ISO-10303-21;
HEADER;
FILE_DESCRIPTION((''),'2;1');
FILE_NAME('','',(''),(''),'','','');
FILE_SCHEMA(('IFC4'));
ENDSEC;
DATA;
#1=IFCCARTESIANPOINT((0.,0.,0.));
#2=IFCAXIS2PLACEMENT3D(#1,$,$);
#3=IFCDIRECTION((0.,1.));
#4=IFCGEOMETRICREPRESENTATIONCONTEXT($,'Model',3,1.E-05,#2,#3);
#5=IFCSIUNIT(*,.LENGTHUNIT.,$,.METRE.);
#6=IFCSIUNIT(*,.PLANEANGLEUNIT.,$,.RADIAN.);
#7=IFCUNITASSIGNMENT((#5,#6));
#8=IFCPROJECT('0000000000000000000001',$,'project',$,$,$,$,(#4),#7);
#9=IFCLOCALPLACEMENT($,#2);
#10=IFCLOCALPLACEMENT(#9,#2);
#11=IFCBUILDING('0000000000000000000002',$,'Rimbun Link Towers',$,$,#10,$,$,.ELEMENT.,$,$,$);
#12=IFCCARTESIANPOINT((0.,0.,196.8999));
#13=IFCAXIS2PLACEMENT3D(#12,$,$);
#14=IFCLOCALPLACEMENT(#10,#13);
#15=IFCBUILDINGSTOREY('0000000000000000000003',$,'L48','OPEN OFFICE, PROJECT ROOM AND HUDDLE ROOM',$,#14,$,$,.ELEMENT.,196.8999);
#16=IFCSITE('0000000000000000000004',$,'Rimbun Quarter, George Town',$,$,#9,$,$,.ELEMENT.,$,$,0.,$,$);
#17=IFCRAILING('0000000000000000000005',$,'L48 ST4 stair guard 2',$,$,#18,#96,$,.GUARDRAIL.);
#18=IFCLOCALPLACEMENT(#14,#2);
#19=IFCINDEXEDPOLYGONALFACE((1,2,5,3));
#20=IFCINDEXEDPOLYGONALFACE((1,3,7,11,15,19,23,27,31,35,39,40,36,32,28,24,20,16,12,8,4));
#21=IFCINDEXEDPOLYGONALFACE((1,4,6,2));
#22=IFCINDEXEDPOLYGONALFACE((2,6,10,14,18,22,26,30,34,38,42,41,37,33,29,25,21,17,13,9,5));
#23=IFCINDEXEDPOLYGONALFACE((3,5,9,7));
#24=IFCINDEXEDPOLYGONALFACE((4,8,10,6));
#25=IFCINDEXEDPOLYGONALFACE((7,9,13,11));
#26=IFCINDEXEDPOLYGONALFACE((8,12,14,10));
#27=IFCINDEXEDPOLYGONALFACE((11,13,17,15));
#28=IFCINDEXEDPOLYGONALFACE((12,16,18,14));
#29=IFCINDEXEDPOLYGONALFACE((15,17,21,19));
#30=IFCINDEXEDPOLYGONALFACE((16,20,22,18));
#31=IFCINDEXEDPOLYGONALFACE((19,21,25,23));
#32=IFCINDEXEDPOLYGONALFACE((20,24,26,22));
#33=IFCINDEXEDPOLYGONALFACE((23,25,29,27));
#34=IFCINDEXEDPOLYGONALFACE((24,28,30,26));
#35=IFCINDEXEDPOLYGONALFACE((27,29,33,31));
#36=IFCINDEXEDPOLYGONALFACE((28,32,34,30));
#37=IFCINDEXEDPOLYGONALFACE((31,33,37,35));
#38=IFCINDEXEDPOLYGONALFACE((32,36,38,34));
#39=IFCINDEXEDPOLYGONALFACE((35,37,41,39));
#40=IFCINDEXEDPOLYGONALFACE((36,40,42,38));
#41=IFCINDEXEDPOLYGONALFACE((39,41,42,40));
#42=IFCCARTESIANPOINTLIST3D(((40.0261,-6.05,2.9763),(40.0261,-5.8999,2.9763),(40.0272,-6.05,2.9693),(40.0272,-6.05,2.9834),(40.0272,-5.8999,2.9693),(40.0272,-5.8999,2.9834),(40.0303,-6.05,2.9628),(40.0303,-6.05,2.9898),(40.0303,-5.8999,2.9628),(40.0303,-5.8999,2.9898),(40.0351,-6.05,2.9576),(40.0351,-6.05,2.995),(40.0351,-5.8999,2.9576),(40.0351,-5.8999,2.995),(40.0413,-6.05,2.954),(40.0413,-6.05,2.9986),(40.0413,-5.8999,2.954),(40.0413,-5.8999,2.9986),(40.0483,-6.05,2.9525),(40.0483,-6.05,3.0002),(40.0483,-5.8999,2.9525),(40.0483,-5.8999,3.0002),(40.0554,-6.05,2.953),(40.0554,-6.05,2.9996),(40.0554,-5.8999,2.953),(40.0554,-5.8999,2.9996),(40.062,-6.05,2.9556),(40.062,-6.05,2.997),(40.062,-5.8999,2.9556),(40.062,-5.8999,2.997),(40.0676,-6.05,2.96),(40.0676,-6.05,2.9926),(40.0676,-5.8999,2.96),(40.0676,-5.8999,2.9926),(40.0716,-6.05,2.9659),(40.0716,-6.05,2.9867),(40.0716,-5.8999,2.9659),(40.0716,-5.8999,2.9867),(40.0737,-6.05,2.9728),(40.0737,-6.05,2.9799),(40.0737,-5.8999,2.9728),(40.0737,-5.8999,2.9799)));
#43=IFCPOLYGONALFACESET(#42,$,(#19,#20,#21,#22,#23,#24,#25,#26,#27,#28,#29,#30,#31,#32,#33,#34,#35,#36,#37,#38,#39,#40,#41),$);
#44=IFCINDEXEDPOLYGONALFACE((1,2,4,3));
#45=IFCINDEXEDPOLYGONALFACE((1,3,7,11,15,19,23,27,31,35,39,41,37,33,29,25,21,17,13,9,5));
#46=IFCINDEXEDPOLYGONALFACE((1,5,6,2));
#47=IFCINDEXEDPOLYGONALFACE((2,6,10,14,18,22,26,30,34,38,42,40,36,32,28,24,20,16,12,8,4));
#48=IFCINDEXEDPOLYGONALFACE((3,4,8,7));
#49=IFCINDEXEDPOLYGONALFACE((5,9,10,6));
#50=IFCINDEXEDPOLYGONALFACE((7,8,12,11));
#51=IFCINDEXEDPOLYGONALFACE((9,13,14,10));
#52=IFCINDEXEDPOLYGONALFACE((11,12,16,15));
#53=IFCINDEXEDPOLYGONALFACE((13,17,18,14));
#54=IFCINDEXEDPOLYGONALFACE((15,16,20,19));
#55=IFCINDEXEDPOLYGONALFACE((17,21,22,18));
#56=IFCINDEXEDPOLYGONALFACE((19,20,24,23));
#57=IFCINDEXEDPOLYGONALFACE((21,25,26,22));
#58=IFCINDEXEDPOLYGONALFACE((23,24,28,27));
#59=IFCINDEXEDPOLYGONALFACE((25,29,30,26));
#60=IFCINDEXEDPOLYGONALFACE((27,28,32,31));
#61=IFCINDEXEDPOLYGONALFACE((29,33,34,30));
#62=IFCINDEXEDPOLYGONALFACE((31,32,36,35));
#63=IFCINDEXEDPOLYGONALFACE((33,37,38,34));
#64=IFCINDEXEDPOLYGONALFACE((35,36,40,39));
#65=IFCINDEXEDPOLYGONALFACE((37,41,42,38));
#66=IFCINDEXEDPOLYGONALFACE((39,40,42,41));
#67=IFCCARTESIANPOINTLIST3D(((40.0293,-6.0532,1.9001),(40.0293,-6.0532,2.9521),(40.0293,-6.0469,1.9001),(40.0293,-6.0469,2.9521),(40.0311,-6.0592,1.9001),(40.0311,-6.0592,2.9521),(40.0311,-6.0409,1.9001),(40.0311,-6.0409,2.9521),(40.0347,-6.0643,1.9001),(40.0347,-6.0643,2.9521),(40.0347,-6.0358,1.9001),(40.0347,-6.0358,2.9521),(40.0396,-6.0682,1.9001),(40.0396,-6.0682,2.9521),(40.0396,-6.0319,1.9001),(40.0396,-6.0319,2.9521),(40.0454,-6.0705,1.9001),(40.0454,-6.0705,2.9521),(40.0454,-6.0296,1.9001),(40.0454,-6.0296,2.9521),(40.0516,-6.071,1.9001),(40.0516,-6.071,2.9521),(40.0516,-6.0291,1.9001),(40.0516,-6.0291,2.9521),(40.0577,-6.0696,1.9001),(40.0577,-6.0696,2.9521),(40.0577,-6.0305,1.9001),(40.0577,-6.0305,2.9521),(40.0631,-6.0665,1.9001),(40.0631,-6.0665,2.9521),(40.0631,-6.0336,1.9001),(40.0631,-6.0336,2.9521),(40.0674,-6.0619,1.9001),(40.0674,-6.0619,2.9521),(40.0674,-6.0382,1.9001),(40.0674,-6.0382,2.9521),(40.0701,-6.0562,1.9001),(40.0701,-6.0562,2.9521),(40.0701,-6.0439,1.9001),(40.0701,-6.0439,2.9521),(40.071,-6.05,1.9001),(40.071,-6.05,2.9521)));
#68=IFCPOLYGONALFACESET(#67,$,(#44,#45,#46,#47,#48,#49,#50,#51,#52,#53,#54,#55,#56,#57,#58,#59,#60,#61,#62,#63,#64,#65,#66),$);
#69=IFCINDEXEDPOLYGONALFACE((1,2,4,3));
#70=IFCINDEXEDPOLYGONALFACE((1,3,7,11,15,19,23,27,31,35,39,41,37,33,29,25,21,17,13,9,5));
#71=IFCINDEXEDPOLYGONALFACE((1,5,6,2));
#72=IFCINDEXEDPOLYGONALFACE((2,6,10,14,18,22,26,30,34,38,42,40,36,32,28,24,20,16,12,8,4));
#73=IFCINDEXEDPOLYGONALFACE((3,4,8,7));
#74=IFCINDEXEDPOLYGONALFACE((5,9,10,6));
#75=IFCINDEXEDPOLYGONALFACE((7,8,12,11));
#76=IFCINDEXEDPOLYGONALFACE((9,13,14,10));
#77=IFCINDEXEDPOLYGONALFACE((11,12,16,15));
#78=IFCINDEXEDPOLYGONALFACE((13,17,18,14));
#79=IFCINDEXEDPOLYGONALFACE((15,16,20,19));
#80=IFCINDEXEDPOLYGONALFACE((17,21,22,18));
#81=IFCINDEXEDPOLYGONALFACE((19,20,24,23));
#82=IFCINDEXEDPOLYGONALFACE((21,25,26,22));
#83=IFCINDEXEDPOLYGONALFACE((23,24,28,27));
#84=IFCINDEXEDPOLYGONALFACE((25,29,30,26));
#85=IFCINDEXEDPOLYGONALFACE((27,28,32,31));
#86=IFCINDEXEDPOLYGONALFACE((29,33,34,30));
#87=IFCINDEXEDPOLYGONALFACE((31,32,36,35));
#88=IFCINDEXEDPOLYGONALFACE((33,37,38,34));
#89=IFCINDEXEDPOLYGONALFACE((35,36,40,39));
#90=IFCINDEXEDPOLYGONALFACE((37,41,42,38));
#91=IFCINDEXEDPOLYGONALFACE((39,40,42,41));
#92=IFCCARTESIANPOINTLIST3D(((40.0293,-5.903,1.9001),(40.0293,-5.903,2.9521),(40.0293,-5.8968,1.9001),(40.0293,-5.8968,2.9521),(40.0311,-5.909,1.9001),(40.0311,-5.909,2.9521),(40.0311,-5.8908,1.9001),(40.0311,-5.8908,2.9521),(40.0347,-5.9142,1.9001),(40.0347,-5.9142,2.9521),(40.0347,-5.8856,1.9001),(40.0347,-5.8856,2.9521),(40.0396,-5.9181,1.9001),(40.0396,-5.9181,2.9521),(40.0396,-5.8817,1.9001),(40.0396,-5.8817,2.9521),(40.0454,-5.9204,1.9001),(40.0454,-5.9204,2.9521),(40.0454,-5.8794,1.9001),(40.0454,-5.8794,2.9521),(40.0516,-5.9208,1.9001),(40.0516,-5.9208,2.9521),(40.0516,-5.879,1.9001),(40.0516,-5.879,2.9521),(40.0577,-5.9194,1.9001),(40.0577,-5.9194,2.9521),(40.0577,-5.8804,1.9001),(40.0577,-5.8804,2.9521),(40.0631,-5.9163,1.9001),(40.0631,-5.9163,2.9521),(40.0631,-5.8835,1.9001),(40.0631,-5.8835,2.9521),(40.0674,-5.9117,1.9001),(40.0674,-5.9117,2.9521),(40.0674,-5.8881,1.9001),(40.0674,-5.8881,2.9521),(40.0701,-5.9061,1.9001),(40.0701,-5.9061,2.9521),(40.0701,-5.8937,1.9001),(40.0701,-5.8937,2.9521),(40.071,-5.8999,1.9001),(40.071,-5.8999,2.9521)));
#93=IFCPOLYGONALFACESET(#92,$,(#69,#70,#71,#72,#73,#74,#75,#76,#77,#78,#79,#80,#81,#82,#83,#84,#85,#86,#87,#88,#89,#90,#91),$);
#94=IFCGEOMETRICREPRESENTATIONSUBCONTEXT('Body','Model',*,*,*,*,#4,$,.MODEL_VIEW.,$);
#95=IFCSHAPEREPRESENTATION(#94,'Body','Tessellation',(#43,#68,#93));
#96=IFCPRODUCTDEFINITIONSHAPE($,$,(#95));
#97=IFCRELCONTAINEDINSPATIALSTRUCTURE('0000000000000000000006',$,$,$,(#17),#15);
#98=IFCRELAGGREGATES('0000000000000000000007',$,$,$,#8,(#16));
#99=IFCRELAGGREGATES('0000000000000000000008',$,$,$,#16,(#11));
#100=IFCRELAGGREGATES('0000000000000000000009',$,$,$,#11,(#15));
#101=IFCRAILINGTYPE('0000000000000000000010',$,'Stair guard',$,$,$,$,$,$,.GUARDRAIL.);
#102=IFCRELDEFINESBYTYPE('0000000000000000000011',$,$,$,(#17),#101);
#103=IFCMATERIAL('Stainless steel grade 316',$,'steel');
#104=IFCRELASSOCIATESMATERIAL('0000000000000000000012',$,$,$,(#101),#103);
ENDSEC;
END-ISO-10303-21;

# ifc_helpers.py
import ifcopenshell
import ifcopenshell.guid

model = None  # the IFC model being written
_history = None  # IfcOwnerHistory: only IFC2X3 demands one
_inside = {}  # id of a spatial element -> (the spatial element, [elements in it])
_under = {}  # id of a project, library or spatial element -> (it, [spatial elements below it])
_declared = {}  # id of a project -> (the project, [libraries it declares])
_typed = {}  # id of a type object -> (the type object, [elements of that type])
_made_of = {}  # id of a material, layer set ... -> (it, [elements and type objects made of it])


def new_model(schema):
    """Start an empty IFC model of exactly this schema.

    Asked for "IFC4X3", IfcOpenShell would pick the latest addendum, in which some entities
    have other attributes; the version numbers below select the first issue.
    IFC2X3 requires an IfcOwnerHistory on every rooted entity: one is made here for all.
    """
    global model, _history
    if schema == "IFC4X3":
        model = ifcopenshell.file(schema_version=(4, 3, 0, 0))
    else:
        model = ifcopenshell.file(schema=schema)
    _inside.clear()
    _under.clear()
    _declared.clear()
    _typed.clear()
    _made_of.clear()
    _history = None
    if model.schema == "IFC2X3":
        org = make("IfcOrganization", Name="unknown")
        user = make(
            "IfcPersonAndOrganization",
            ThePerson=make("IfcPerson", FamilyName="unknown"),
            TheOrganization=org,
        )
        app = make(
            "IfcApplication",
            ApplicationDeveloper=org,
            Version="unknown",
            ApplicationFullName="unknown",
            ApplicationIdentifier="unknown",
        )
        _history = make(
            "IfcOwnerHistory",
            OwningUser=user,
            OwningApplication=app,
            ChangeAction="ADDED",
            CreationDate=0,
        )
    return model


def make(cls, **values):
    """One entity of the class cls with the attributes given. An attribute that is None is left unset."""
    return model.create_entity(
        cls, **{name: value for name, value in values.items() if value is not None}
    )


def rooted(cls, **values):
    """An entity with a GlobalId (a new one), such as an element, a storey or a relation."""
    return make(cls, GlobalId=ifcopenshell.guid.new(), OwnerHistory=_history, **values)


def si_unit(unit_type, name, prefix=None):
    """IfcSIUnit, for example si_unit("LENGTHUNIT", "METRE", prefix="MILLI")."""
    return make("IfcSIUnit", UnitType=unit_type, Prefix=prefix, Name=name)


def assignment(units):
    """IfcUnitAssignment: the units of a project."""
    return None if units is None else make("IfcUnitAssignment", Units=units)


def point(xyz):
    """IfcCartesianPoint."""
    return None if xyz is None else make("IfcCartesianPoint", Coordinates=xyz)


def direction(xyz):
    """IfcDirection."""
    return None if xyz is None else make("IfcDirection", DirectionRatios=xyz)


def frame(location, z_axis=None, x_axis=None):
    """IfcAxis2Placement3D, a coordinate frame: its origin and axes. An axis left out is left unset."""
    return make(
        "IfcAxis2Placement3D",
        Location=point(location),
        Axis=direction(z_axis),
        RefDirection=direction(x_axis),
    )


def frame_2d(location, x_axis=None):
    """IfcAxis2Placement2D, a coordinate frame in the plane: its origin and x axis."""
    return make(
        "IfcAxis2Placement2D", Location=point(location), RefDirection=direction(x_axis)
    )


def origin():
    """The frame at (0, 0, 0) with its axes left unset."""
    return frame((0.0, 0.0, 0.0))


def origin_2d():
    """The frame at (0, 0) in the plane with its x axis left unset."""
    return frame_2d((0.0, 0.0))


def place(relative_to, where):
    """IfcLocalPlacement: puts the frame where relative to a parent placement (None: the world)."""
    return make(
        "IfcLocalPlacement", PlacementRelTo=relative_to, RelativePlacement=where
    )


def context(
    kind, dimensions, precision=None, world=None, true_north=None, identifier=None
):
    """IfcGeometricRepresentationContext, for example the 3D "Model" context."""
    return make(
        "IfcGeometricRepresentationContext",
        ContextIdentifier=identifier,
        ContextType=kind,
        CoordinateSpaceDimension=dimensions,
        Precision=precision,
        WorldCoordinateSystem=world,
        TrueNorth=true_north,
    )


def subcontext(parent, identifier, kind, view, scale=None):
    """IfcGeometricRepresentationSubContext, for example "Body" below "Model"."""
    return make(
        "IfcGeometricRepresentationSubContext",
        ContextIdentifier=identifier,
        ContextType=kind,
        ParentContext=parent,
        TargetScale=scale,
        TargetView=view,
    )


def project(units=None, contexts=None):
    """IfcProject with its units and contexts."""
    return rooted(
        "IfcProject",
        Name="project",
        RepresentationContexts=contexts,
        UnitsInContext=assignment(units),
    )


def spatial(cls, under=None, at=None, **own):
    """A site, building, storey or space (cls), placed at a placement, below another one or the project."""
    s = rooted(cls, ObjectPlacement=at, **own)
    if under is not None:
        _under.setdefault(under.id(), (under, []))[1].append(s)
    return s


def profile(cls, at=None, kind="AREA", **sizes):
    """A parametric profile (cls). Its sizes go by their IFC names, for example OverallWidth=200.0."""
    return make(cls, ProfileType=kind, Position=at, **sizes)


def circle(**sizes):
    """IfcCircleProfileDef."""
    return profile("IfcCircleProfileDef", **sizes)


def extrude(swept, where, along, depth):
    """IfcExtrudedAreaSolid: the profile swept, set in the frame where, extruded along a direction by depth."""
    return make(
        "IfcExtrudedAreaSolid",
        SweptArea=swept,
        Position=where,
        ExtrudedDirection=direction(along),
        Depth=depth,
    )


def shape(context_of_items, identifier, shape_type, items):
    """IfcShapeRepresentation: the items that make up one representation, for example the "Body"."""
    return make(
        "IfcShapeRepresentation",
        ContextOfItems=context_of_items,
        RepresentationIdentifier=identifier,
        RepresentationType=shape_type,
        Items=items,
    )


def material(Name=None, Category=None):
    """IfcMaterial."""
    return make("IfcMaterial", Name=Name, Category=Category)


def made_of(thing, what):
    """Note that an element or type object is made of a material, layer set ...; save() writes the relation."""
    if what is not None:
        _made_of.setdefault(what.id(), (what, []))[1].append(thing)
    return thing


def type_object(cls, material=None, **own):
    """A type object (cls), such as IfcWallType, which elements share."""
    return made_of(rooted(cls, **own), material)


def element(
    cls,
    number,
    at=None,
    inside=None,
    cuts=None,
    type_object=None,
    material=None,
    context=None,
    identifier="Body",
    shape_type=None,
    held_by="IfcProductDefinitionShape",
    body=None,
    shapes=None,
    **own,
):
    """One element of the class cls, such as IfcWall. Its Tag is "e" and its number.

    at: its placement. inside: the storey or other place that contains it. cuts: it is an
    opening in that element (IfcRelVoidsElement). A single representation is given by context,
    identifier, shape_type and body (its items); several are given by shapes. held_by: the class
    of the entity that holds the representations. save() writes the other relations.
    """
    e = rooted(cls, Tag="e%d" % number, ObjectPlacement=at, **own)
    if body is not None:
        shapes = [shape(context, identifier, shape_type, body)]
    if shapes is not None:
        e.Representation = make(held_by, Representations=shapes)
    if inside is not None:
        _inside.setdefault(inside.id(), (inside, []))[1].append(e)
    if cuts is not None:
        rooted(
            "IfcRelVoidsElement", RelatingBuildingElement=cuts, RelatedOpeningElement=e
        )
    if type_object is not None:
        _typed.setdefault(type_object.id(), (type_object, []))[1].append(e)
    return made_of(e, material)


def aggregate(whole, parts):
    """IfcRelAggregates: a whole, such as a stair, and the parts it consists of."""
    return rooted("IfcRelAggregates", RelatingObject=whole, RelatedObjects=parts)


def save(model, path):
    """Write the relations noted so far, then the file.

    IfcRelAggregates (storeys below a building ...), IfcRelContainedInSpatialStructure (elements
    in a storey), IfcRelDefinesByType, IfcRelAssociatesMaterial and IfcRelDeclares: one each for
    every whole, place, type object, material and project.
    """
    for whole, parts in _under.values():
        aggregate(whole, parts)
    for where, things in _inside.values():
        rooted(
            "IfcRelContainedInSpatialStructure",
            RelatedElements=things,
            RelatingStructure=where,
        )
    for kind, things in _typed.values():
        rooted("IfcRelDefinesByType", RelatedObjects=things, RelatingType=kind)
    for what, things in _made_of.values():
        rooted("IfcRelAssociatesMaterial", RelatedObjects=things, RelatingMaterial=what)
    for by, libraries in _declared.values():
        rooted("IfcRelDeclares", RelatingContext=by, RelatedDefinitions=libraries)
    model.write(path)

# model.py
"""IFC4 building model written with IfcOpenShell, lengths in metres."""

from ifc_helpers import new_model, si_unit, direction, frame, origin, origin_2d, place, context, subcontext, project, spatial, circle, extrude, material, type_object, element, save


model = new_model("IFC4")

# Units and contexts
model_context = context("Model", 3, precision=1e-05, world=origin(), true_north=direction((0.0, 1.0)))
body_context = subcontext(model_context, "Body", "Model", "MODEL_VIEW")
ifc_project = project(units=[si_unit("LENGTHUNIT", "METRE"), si_unit("PLANEANGLEUNIT", "RADIAN")], contexts=[model_context])

# Site, building, storey
site_placement = place(None, origin())
site = spatial("IfcSite", under=ifc_project, at=site_placement, Name="Rimbun Quarter, George Town", CompositionType="ELEMENT", RefElevation=0.0)
building_placement = place(site_placement, origin())
building = spatial("IfcBuilding", under=site, at=building_placement, Name="Rimbun Link Towers", CompositionType="ELEMENT")
storey_placement = place(building_placement, frame((0.0, 0.0, 196.8999)))
storey = spatial("IfcBuildingStorey", under=building, at=storey_placement, Name="L48", Description="OPEN OFFICE, PROJECT ROOM AND HUDDLE ROOM", CompositionType="ELEMENT", Elevation=196.8999)

# Railing
ifc_material_1 = material(Name="Stainless steel grade 316", Category="steel")
railing_type_1 = type_object("IfcRailingType", Name="Stair guard", PredefinedType="GUARDRAIL", material=ifc_material_1)
railing_1_placement = place(storey_placement, frame((40.05, -6.05, 1.9001)))
element("IfcRailing", 1, at=railing_1_placement, inside=storey, type_object=railing_type_1, Name="L48 ST4 stair guard 2", PredefinedType="GUARDRAIL", context=body_context, shape_type="SweptSolid", body=[
    extrude(circle(Radius=0.0239, at=origin_2d()), frame((0.0, 0.0, 1.0762), z_axis=(0.0, 1.0, 0.0), x_axis=(-1.0, 0.0, 0.0)), (0.0, 0.0, 1.0), 0.1501),
    extrude(circle(Radius=0.021, at=origin_2d()), origin(), (0.0, 0.0, 1.0), 1.052),
    extrude(circle(Radius=0.021, at=origin_2d()), frame((0.0, 0.1501, 0.0)), (0.0, 0.0, 1.0), 1.052),
])

save(model, "model.ifc")
